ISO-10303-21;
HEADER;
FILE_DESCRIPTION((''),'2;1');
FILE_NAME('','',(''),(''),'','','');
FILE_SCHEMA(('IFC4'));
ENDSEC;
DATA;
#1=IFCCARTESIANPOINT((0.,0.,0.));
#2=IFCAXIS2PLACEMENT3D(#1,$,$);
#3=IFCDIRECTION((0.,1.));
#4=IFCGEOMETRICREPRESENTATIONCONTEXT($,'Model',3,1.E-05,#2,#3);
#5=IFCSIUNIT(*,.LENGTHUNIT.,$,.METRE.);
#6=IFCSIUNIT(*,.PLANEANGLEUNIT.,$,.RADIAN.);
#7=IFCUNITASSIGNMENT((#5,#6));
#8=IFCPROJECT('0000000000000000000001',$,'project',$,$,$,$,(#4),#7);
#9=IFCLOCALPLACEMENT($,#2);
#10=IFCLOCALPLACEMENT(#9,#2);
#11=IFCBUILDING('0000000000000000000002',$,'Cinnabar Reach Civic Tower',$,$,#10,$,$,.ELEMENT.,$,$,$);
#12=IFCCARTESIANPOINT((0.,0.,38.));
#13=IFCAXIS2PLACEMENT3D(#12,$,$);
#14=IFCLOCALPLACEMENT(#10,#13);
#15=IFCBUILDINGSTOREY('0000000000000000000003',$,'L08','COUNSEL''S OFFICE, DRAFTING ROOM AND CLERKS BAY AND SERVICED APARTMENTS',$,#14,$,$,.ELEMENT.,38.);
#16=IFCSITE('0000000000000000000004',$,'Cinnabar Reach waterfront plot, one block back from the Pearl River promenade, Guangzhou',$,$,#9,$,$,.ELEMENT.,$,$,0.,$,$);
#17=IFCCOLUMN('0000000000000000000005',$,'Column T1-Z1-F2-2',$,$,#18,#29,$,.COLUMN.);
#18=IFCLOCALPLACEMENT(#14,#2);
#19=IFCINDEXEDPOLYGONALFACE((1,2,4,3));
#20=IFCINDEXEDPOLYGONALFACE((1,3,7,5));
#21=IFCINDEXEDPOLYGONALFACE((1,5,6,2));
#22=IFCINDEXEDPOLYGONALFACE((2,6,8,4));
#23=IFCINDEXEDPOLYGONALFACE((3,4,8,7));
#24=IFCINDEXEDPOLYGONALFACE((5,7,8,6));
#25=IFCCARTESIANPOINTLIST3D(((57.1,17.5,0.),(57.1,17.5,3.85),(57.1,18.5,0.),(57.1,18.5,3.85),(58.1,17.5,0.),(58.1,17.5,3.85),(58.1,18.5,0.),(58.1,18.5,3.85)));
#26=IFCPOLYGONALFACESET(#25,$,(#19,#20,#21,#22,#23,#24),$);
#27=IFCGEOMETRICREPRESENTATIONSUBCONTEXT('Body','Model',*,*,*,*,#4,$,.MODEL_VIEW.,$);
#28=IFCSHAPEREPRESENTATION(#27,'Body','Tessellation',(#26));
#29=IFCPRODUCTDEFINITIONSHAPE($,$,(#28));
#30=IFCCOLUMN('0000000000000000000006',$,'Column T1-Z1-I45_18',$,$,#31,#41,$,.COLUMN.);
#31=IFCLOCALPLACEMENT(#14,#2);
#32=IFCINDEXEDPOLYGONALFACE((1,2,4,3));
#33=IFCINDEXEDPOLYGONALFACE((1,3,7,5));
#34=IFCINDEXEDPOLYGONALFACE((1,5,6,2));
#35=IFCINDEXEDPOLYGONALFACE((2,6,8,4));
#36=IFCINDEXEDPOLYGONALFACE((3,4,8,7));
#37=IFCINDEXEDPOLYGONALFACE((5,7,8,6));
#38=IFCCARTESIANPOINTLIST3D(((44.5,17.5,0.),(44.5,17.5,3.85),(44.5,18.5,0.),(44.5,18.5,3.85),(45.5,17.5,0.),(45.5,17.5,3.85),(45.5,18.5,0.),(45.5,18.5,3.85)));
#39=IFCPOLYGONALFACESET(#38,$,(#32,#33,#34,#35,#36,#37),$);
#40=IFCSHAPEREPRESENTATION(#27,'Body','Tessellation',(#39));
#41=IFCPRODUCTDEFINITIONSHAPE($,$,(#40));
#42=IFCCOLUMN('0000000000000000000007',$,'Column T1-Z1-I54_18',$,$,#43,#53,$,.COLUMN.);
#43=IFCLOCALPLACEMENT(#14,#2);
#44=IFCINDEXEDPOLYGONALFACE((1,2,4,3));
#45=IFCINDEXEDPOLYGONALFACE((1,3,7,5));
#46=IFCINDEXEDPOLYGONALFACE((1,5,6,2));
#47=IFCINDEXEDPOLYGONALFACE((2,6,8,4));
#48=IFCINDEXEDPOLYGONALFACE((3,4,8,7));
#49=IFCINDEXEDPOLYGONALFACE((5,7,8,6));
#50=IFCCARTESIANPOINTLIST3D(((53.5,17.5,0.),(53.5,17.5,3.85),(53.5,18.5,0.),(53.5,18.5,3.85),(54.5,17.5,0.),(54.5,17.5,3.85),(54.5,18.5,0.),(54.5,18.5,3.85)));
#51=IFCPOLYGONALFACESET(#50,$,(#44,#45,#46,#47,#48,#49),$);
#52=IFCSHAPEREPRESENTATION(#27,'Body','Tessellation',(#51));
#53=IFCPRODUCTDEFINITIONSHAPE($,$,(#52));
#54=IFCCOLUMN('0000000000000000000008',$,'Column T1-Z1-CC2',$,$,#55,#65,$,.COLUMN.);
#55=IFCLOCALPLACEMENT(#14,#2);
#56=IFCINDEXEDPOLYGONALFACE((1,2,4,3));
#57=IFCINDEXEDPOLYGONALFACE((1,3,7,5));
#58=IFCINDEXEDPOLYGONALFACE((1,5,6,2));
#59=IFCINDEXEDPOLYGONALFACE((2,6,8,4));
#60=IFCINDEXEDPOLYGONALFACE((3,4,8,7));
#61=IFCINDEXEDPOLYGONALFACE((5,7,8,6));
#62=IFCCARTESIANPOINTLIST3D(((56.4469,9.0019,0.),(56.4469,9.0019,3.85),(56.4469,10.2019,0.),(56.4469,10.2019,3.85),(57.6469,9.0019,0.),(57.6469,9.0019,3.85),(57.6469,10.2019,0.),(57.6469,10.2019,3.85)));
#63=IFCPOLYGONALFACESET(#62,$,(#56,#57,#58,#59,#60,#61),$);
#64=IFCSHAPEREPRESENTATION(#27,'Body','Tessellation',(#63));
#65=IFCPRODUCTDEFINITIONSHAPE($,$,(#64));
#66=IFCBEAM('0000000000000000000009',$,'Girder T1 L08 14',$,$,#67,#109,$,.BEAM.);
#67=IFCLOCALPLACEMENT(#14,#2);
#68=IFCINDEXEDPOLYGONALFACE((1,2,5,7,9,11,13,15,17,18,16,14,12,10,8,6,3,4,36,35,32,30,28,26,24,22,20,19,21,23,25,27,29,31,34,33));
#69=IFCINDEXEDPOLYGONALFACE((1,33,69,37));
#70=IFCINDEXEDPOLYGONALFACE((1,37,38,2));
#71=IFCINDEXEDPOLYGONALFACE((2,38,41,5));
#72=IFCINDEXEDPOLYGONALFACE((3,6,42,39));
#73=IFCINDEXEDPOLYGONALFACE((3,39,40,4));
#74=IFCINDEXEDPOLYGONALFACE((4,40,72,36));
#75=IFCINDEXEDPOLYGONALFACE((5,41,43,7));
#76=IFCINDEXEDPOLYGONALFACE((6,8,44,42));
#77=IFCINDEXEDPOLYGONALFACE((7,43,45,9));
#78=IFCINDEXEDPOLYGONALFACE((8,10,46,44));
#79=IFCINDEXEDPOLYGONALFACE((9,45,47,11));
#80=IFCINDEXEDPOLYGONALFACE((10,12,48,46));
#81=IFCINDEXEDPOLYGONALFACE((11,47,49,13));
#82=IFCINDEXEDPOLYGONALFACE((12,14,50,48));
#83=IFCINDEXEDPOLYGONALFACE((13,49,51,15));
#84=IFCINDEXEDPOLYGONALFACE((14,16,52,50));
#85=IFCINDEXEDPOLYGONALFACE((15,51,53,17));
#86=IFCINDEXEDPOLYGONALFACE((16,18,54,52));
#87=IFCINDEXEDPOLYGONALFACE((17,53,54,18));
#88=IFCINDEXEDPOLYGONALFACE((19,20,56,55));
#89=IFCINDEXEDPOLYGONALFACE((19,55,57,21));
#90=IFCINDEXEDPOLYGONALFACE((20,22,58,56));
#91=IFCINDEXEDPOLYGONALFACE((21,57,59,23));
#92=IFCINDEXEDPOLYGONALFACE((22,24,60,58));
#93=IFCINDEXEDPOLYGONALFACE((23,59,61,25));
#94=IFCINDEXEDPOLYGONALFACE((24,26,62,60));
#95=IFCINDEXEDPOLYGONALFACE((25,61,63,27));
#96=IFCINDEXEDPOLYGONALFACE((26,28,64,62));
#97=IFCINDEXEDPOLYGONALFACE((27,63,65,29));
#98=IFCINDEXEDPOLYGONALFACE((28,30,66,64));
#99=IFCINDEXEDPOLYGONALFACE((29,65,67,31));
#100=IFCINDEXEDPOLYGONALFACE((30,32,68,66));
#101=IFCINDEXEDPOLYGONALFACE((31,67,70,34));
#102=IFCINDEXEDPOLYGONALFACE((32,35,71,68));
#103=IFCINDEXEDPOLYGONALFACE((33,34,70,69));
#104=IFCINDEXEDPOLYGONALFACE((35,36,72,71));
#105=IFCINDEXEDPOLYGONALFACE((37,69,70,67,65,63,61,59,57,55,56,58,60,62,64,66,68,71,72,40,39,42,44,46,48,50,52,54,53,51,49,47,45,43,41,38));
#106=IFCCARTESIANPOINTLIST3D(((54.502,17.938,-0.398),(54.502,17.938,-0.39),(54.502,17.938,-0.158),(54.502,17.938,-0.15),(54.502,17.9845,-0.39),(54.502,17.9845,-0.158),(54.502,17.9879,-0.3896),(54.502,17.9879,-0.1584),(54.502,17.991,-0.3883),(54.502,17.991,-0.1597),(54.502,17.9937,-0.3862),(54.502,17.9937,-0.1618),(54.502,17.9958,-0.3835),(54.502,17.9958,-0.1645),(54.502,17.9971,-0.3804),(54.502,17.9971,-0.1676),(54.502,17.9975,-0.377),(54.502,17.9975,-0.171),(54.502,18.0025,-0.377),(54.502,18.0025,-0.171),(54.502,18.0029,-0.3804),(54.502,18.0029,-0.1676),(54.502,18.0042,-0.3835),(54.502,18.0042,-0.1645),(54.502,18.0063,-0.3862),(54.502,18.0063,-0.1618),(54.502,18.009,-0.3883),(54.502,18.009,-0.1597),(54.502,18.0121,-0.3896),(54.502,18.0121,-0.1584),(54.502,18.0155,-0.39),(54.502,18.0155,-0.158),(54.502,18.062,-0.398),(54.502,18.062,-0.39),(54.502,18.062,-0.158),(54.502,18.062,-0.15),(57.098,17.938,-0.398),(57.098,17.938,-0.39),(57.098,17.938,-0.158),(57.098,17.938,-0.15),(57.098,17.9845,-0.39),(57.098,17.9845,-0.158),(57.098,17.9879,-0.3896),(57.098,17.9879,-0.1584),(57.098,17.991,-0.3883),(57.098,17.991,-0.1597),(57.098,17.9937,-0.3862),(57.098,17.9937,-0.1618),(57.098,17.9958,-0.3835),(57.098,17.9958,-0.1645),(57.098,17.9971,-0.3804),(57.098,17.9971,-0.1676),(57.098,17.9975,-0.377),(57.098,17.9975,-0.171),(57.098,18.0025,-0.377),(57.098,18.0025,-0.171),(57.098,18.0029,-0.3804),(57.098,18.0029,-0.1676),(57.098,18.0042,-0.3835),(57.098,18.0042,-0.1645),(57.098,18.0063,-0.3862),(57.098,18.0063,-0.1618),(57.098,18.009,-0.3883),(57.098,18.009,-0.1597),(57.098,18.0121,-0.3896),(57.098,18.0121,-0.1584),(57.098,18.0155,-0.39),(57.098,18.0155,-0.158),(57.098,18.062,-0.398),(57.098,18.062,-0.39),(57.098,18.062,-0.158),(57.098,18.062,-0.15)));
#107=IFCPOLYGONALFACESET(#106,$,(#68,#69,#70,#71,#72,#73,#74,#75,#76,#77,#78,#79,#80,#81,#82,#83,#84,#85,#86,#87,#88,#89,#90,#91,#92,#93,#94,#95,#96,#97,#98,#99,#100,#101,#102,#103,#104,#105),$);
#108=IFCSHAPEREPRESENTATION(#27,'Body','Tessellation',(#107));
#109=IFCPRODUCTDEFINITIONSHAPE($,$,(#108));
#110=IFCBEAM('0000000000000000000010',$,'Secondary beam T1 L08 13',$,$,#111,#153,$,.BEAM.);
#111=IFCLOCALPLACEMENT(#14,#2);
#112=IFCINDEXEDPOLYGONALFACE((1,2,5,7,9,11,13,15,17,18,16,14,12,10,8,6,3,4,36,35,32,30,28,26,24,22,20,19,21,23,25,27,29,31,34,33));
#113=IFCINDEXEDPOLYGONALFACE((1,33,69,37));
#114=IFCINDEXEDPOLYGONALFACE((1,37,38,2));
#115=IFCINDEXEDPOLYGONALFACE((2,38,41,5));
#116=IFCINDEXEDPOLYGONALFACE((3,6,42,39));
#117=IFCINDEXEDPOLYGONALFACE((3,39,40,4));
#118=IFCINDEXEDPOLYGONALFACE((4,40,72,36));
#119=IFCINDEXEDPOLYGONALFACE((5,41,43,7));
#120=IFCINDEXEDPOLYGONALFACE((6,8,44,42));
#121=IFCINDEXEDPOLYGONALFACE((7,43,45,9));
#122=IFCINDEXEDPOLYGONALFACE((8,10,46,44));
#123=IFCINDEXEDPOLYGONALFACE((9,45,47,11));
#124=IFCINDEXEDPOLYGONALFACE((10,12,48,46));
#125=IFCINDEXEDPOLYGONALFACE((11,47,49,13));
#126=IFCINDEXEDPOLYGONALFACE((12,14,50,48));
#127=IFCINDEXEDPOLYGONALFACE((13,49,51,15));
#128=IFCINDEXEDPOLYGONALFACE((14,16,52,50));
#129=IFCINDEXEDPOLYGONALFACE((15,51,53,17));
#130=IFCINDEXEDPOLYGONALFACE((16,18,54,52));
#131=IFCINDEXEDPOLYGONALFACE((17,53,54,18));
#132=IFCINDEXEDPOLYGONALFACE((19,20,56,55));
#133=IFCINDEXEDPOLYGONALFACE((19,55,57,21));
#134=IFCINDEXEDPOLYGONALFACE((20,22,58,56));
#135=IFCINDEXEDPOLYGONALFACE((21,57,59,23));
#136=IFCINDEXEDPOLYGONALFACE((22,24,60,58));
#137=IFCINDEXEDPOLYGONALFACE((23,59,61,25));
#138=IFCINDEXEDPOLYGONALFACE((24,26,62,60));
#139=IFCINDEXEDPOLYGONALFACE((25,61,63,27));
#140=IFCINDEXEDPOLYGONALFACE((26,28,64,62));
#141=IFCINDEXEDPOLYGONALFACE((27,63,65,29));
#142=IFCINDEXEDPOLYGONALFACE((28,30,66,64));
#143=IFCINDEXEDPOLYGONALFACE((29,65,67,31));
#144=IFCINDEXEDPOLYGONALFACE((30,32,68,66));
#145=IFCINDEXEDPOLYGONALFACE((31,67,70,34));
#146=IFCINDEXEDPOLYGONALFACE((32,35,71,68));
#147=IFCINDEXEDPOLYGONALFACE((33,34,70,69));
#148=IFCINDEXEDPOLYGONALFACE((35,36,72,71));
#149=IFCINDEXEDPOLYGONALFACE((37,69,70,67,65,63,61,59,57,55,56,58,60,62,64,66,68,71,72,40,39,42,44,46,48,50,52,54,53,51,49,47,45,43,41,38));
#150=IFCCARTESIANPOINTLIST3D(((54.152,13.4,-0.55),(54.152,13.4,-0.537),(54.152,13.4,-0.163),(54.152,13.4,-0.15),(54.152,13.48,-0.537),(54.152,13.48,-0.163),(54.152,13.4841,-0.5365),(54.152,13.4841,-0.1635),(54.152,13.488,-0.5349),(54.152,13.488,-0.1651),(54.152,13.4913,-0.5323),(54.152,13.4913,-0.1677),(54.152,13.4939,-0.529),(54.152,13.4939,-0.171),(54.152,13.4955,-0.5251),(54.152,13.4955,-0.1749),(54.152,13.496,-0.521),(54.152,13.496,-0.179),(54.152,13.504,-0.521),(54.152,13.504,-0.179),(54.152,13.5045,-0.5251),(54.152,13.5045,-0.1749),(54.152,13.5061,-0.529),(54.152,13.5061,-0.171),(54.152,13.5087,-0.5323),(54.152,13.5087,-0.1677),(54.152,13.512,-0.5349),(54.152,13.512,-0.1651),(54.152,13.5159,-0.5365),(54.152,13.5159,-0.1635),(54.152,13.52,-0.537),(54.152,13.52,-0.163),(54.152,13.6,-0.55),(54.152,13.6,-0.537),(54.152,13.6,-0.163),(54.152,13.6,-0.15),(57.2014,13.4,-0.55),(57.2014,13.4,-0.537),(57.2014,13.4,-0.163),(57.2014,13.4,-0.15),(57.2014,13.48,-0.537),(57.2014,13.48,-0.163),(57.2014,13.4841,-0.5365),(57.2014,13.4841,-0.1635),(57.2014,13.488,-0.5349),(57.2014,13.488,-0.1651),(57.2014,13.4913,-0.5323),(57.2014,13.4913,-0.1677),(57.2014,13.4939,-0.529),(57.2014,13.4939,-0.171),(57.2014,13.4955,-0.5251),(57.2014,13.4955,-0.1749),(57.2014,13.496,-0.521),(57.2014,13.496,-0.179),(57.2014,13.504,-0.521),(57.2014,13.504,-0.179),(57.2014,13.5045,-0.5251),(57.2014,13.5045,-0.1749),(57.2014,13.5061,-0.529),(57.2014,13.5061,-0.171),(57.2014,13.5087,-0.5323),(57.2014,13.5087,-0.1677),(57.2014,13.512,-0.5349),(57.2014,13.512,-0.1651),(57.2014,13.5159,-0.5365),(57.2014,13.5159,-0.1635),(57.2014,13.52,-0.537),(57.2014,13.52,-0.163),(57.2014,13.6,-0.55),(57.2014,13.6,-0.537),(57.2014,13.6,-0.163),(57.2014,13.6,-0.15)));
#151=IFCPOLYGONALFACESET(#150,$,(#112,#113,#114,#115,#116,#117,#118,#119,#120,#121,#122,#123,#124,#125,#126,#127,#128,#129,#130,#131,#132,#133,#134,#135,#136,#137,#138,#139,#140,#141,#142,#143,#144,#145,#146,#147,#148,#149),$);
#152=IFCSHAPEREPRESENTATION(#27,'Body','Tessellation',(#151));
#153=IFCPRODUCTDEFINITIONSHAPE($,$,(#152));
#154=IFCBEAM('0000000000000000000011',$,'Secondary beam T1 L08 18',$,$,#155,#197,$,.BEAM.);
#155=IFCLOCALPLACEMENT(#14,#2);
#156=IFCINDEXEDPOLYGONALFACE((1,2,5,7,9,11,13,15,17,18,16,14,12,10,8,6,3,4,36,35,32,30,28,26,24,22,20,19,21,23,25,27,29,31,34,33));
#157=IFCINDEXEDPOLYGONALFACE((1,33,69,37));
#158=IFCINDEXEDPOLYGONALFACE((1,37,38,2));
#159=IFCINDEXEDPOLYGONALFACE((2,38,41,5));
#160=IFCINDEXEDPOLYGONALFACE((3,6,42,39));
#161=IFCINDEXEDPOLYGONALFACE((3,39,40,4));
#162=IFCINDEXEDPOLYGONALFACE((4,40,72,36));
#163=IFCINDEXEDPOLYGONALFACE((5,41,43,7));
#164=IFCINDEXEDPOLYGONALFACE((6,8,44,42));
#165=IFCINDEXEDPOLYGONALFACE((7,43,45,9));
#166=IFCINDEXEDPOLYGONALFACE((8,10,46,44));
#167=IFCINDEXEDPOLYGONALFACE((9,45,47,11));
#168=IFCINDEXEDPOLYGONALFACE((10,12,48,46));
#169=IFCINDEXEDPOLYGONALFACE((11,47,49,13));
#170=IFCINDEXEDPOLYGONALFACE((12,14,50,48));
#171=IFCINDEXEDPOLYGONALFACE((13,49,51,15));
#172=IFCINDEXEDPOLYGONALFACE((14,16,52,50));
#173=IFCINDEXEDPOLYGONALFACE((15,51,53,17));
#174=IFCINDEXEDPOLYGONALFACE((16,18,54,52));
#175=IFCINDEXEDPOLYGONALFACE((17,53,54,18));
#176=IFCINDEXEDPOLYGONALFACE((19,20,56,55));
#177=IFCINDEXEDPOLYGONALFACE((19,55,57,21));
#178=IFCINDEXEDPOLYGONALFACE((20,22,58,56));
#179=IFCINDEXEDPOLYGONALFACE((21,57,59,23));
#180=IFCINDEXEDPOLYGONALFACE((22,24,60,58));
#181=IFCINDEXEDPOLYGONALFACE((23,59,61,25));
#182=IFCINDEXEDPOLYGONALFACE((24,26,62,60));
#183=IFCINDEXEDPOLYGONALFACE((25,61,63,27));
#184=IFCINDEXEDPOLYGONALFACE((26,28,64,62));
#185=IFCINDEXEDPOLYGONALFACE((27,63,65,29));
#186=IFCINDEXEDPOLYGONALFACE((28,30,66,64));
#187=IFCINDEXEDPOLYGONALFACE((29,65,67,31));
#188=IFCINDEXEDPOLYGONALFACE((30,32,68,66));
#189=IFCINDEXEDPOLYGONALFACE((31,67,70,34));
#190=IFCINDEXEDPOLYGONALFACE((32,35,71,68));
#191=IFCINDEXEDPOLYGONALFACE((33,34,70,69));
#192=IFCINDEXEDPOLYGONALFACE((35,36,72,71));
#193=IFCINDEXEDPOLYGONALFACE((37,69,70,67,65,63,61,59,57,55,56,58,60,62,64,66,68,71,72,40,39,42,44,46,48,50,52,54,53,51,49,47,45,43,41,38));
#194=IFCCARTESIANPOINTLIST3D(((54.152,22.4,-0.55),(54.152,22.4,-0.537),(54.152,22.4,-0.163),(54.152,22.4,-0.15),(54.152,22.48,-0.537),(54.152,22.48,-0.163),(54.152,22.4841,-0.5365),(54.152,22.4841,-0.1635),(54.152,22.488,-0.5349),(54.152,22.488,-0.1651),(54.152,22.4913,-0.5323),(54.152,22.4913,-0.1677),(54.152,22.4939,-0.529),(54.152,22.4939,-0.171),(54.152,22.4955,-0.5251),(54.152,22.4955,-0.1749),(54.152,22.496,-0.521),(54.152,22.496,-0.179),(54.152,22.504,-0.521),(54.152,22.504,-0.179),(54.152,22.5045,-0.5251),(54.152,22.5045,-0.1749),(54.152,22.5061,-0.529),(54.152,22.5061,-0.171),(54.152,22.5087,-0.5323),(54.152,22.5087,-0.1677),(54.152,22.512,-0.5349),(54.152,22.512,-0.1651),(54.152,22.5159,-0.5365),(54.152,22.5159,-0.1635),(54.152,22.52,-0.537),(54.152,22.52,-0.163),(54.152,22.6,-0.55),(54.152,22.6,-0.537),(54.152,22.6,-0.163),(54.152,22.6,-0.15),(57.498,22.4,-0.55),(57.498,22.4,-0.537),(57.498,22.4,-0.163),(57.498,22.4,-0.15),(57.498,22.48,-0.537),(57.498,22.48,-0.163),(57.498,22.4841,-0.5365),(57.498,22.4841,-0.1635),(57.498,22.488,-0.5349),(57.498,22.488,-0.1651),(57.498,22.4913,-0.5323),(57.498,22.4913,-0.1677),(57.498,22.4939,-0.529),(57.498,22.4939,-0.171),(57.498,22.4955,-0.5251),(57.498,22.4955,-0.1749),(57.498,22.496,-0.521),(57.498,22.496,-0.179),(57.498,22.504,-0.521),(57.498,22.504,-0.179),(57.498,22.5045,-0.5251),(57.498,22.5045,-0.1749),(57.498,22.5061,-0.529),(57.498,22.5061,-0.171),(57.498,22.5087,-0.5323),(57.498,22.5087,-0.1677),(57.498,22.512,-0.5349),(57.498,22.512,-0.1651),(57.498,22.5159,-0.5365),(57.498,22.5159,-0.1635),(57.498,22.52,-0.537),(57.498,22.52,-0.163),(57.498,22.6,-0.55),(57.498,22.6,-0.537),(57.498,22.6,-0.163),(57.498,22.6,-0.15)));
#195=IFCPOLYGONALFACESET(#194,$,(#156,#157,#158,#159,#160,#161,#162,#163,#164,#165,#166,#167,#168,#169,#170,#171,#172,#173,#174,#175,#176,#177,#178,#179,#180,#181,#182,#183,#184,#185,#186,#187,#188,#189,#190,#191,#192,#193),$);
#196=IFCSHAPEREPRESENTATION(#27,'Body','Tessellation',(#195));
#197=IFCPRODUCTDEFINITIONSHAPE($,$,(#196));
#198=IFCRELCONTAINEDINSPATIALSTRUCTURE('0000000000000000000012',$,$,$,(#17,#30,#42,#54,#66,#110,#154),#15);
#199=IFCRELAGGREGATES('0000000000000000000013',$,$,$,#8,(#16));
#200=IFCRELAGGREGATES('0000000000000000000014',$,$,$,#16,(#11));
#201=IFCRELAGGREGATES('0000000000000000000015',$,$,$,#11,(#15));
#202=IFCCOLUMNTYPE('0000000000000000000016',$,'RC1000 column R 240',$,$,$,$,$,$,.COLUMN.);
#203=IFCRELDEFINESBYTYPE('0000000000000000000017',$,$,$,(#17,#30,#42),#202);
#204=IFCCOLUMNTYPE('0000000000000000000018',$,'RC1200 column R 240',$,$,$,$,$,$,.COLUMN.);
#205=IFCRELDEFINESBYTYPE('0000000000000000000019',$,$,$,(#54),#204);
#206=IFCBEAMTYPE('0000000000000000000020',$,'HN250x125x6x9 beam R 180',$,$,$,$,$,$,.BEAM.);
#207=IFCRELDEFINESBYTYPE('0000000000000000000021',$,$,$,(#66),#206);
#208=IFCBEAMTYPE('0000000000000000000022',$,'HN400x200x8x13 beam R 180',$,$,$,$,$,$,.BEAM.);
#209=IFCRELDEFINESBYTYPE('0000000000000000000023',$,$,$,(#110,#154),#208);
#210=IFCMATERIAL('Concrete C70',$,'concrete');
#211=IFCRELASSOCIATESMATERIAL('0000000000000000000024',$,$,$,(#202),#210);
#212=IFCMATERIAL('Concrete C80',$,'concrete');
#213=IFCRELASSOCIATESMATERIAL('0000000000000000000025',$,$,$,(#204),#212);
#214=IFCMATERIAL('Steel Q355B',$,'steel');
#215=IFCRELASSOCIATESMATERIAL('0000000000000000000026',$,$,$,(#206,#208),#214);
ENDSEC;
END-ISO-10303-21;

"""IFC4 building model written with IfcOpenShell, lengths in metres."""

from ifc_helpers import new_model, si_unit, direction, frame, origin, origin_2d, place, context, subcontext, project, spatial, rectangle, i_section, extrude, material, material_profile, profile_set, type_object, element, save


model = new_model("IFC4")

# Units and contexts
model_context = context("Model", 3, precision=1e-05, world=origin(), true_north=direction((0.0, 1.0)))
body_context = subcontext(model_context, "Body", "Model", "MODEL_VIEW")
ifc_project = project(units=[si_unit("LENGTHUNIT", "METRE"), si_unit("PLANEANGLEUNIT", "RADIAN")], contexts=[model_context])

# Site, building, storey
site_placement = place(None, origin())
site = spatial("IfcSite", under=ifc_project, at=site_placement, Name="Cinnabar Reach waterfront plot, one block back from the Pearl River promenade, Guangzhou", CompositionType="ELEMENT", RefElevation=0.0)
building_placement = place(site_placement, origin())
building = spatial("IfcBuilding", under=site, at=building_placement, Name="Cinnabar Reach Civic Tower", CompositionType="ELEMENT")
storey_placement = place(building_placement, frame((0.0, 0.0, 38.0)))
storey = spatial("IfcBuildingStorey", under=building, at=storey_placement, Name="L08", Description="COUNSEL'S OFFICE, DRAFTING ROOM AND CLERKS BAY AND SERVICED APARTMENTS", CompositionType="ELEMENT", Elevation=38.0)

# Columns
ifc_material_1 = material(Name="Concrete C70", Category="concrete")
ifc_material_profile_1 = material_profile(ifc_material_1, rectangle(XDim=1.0, YDim=1.0, at=origin_2d()), Name="RC1000")
ifc_profile_set_1 = profile_set([ifc_material_profile_1], Name="Concrete C70")
column_type_1 = type_object("IfcColumnType", Name="RC1000 column R 240", PredefinedType="COLUMN", material=ifc_profile_set_1)
for number, where, z_axis, x_axis, name in (
    (1, (57.6, 18.0, 0.0), (0.0, 0.0, 1.0), (1.0, 0.0, 0.0), "Column T1-Z1-F2-2"),
    (2, (45.0, 18.0, 0.0), (0.0, 0.0, 1.0), (1.0, 0.0, 0.0), "Column T1-Z1-I45_18"),
    (3, (54.0, 18.0, 0.0), (0.0, 0.0, 1.0), (1.0, 0.0, 0.0), "Column T1-Z1-I54_18"),
):
    element("IfcColumn", number, at=place(storey_placement, frame(where, z_axis=z_axis, x_axis=x_axis)), inside=storey, type_object=column_type_1, Name=name, PredefinedType="COLUMN", context=body_context, shape_type="SweptSolid", body=[
        extrude(rectangle(XDim=1.0, YDim=1.0, at=origin_2d()), origin(), (0.0, 0.0, 1.0), 3.85),
    ])
ifc_material_2 = material(Name="Concrete C80", Category="concrete")
ifc_material_profile_2 = material_profile(ifc_material_2, rectangle(XDim=1.2, YDim=1.2, at=origin_2d()), Name="RC1200")
ifc_profile_set_2 = profile_set([ifc_material_profile_2], Name="Concrete C80")
column_type_2 = type_object("IfcColumnType", Name="RC1200 column R 240", PredefinedType="COLUMN", material=ifc_profile_set_2)
column_placement = place(storey_placement, frame((57.0469, 9.6019, 0.0), z_axis=(0.0, 0.0, 1.0), x_axis=(1.0, 0.0, 0.0)))
element("IfcColumn", 4, at=column_placement, inside=storey, type_object=column_type_2, Name="Column T1-Z1-CC2", PredefinedType="COLUMN", context=body_context, shape_type="SweptSolid", body=[
    extrude(rectangle(XDim=1.2, YDim=1.2, at=origin_2d()), origin(), (0.0, 0.0, 1.0), 3.85),
])

# Beams
ifc_material_3 = material(Name="Steel Q355B", Category="steel")
ifc_material_profile_3 = material_profile(ifc_material_3, i_section(OverallWidth=0.124, OverallDepth=0.248, WebThickness=0.005, FlangeThickness=0.008, FilletRadius=0.013, at=origin_2d()), Name="HN250x125x6x9")
ifc_profile_set_3 = profile_set([ifc_material_profile_3], Name="Steel Q355B")
beam_type_1 = type_object("IfcBeamType", Name="HN250x125x6x9 beam R 180", PredefinedType="BEAM", material=ifc_profile_set_3)
beam_1_placement = place(storey_placement, frame((54.502, 18.0, -0.274), z_axis=(1.0, 0.0, 0.0), x_axis=(0.0, 1.0, 0.0)))
element("IfcBeam", 5, at=beam_1_placement, inside=storey, type_object=beam_type_1, Name="Girder T1 L08 14", PredefinedType="BEAM", context=body_context, shape_type="SweptSolid", body=[
    extrude(i_section(OverallWidth=0.124, OverallDepth=0.248, WebThickness=0.005, FlangeThickness=0.008, FilletRadius=0.013, at=origin_2d()), origin(), (0.0, 0.0, 1.0), 2.596),
])
ifc_material_profile_4 = material_profile(ifc_material_3, i_section(OverallWidth=0.2, OverallDepth=0.4, WebThickness=0.008, FlangeThickness=0.013, FilletRadius=0.016, at=origin_2d()), Name="HN400x200x8x13")
ifc_profile_set_4 = profile_set([ifc_material_profile_4], Name="Steel Q355B")
beam_type_2 = type_object("IfcBeamType", Name="HN400x200x8x13 beam R 180", PredefinedType="BEAM", material=ifc_profile_set_4)
beam_2_placement = place(storey_placement, frame((54.152, 13.5, -0.35), z_axis=(1.0, 0.0, 0.0), x_axis=(0.0, 1.0, 0.0)))
element("IfcBeam", 6, at=beam_2_placement, inside=storey, type_object=beam_type_2, Name="Secondary beam T1 L08 13", PredefinedType="BEAM", context=body_context, shape_type="SweptSolid", body=[
    extrude(i_section(OverallWidth=0.2, OverallDepth=0.4, WebThickness=0.008, FlangeThickness=0.013, FilletRadius=0.016, at=origin_2d()), origin(), (0.0, 0.0, 1.0), 3.0494),
])
beam_3_placement = place(storey_placement, frame((54.152, 22.5, -0.35), z_axis=(1.0, 0.0, 0.0), x_axis=(0.0, 1.0, 0.0)))
element("IfcBeam", 7, at=beam_3_placement, inside=storey, type_object=beam_type_2, Name="Secondary beam T1 L08 18", PredefinedType="BEAM", context=body_context, shape_type="SweptSolid", body=[
    extrude(i_section(OverallWidth=0.2, OverallDepth=0.4, WebThickness=0.008, FlangeThickness=0.013, FilletRadius=0.016, at=origin_2d()), origin(), (0.0, 0.0, 1.0), 3.346),
])

save(model, "model.ifc")
